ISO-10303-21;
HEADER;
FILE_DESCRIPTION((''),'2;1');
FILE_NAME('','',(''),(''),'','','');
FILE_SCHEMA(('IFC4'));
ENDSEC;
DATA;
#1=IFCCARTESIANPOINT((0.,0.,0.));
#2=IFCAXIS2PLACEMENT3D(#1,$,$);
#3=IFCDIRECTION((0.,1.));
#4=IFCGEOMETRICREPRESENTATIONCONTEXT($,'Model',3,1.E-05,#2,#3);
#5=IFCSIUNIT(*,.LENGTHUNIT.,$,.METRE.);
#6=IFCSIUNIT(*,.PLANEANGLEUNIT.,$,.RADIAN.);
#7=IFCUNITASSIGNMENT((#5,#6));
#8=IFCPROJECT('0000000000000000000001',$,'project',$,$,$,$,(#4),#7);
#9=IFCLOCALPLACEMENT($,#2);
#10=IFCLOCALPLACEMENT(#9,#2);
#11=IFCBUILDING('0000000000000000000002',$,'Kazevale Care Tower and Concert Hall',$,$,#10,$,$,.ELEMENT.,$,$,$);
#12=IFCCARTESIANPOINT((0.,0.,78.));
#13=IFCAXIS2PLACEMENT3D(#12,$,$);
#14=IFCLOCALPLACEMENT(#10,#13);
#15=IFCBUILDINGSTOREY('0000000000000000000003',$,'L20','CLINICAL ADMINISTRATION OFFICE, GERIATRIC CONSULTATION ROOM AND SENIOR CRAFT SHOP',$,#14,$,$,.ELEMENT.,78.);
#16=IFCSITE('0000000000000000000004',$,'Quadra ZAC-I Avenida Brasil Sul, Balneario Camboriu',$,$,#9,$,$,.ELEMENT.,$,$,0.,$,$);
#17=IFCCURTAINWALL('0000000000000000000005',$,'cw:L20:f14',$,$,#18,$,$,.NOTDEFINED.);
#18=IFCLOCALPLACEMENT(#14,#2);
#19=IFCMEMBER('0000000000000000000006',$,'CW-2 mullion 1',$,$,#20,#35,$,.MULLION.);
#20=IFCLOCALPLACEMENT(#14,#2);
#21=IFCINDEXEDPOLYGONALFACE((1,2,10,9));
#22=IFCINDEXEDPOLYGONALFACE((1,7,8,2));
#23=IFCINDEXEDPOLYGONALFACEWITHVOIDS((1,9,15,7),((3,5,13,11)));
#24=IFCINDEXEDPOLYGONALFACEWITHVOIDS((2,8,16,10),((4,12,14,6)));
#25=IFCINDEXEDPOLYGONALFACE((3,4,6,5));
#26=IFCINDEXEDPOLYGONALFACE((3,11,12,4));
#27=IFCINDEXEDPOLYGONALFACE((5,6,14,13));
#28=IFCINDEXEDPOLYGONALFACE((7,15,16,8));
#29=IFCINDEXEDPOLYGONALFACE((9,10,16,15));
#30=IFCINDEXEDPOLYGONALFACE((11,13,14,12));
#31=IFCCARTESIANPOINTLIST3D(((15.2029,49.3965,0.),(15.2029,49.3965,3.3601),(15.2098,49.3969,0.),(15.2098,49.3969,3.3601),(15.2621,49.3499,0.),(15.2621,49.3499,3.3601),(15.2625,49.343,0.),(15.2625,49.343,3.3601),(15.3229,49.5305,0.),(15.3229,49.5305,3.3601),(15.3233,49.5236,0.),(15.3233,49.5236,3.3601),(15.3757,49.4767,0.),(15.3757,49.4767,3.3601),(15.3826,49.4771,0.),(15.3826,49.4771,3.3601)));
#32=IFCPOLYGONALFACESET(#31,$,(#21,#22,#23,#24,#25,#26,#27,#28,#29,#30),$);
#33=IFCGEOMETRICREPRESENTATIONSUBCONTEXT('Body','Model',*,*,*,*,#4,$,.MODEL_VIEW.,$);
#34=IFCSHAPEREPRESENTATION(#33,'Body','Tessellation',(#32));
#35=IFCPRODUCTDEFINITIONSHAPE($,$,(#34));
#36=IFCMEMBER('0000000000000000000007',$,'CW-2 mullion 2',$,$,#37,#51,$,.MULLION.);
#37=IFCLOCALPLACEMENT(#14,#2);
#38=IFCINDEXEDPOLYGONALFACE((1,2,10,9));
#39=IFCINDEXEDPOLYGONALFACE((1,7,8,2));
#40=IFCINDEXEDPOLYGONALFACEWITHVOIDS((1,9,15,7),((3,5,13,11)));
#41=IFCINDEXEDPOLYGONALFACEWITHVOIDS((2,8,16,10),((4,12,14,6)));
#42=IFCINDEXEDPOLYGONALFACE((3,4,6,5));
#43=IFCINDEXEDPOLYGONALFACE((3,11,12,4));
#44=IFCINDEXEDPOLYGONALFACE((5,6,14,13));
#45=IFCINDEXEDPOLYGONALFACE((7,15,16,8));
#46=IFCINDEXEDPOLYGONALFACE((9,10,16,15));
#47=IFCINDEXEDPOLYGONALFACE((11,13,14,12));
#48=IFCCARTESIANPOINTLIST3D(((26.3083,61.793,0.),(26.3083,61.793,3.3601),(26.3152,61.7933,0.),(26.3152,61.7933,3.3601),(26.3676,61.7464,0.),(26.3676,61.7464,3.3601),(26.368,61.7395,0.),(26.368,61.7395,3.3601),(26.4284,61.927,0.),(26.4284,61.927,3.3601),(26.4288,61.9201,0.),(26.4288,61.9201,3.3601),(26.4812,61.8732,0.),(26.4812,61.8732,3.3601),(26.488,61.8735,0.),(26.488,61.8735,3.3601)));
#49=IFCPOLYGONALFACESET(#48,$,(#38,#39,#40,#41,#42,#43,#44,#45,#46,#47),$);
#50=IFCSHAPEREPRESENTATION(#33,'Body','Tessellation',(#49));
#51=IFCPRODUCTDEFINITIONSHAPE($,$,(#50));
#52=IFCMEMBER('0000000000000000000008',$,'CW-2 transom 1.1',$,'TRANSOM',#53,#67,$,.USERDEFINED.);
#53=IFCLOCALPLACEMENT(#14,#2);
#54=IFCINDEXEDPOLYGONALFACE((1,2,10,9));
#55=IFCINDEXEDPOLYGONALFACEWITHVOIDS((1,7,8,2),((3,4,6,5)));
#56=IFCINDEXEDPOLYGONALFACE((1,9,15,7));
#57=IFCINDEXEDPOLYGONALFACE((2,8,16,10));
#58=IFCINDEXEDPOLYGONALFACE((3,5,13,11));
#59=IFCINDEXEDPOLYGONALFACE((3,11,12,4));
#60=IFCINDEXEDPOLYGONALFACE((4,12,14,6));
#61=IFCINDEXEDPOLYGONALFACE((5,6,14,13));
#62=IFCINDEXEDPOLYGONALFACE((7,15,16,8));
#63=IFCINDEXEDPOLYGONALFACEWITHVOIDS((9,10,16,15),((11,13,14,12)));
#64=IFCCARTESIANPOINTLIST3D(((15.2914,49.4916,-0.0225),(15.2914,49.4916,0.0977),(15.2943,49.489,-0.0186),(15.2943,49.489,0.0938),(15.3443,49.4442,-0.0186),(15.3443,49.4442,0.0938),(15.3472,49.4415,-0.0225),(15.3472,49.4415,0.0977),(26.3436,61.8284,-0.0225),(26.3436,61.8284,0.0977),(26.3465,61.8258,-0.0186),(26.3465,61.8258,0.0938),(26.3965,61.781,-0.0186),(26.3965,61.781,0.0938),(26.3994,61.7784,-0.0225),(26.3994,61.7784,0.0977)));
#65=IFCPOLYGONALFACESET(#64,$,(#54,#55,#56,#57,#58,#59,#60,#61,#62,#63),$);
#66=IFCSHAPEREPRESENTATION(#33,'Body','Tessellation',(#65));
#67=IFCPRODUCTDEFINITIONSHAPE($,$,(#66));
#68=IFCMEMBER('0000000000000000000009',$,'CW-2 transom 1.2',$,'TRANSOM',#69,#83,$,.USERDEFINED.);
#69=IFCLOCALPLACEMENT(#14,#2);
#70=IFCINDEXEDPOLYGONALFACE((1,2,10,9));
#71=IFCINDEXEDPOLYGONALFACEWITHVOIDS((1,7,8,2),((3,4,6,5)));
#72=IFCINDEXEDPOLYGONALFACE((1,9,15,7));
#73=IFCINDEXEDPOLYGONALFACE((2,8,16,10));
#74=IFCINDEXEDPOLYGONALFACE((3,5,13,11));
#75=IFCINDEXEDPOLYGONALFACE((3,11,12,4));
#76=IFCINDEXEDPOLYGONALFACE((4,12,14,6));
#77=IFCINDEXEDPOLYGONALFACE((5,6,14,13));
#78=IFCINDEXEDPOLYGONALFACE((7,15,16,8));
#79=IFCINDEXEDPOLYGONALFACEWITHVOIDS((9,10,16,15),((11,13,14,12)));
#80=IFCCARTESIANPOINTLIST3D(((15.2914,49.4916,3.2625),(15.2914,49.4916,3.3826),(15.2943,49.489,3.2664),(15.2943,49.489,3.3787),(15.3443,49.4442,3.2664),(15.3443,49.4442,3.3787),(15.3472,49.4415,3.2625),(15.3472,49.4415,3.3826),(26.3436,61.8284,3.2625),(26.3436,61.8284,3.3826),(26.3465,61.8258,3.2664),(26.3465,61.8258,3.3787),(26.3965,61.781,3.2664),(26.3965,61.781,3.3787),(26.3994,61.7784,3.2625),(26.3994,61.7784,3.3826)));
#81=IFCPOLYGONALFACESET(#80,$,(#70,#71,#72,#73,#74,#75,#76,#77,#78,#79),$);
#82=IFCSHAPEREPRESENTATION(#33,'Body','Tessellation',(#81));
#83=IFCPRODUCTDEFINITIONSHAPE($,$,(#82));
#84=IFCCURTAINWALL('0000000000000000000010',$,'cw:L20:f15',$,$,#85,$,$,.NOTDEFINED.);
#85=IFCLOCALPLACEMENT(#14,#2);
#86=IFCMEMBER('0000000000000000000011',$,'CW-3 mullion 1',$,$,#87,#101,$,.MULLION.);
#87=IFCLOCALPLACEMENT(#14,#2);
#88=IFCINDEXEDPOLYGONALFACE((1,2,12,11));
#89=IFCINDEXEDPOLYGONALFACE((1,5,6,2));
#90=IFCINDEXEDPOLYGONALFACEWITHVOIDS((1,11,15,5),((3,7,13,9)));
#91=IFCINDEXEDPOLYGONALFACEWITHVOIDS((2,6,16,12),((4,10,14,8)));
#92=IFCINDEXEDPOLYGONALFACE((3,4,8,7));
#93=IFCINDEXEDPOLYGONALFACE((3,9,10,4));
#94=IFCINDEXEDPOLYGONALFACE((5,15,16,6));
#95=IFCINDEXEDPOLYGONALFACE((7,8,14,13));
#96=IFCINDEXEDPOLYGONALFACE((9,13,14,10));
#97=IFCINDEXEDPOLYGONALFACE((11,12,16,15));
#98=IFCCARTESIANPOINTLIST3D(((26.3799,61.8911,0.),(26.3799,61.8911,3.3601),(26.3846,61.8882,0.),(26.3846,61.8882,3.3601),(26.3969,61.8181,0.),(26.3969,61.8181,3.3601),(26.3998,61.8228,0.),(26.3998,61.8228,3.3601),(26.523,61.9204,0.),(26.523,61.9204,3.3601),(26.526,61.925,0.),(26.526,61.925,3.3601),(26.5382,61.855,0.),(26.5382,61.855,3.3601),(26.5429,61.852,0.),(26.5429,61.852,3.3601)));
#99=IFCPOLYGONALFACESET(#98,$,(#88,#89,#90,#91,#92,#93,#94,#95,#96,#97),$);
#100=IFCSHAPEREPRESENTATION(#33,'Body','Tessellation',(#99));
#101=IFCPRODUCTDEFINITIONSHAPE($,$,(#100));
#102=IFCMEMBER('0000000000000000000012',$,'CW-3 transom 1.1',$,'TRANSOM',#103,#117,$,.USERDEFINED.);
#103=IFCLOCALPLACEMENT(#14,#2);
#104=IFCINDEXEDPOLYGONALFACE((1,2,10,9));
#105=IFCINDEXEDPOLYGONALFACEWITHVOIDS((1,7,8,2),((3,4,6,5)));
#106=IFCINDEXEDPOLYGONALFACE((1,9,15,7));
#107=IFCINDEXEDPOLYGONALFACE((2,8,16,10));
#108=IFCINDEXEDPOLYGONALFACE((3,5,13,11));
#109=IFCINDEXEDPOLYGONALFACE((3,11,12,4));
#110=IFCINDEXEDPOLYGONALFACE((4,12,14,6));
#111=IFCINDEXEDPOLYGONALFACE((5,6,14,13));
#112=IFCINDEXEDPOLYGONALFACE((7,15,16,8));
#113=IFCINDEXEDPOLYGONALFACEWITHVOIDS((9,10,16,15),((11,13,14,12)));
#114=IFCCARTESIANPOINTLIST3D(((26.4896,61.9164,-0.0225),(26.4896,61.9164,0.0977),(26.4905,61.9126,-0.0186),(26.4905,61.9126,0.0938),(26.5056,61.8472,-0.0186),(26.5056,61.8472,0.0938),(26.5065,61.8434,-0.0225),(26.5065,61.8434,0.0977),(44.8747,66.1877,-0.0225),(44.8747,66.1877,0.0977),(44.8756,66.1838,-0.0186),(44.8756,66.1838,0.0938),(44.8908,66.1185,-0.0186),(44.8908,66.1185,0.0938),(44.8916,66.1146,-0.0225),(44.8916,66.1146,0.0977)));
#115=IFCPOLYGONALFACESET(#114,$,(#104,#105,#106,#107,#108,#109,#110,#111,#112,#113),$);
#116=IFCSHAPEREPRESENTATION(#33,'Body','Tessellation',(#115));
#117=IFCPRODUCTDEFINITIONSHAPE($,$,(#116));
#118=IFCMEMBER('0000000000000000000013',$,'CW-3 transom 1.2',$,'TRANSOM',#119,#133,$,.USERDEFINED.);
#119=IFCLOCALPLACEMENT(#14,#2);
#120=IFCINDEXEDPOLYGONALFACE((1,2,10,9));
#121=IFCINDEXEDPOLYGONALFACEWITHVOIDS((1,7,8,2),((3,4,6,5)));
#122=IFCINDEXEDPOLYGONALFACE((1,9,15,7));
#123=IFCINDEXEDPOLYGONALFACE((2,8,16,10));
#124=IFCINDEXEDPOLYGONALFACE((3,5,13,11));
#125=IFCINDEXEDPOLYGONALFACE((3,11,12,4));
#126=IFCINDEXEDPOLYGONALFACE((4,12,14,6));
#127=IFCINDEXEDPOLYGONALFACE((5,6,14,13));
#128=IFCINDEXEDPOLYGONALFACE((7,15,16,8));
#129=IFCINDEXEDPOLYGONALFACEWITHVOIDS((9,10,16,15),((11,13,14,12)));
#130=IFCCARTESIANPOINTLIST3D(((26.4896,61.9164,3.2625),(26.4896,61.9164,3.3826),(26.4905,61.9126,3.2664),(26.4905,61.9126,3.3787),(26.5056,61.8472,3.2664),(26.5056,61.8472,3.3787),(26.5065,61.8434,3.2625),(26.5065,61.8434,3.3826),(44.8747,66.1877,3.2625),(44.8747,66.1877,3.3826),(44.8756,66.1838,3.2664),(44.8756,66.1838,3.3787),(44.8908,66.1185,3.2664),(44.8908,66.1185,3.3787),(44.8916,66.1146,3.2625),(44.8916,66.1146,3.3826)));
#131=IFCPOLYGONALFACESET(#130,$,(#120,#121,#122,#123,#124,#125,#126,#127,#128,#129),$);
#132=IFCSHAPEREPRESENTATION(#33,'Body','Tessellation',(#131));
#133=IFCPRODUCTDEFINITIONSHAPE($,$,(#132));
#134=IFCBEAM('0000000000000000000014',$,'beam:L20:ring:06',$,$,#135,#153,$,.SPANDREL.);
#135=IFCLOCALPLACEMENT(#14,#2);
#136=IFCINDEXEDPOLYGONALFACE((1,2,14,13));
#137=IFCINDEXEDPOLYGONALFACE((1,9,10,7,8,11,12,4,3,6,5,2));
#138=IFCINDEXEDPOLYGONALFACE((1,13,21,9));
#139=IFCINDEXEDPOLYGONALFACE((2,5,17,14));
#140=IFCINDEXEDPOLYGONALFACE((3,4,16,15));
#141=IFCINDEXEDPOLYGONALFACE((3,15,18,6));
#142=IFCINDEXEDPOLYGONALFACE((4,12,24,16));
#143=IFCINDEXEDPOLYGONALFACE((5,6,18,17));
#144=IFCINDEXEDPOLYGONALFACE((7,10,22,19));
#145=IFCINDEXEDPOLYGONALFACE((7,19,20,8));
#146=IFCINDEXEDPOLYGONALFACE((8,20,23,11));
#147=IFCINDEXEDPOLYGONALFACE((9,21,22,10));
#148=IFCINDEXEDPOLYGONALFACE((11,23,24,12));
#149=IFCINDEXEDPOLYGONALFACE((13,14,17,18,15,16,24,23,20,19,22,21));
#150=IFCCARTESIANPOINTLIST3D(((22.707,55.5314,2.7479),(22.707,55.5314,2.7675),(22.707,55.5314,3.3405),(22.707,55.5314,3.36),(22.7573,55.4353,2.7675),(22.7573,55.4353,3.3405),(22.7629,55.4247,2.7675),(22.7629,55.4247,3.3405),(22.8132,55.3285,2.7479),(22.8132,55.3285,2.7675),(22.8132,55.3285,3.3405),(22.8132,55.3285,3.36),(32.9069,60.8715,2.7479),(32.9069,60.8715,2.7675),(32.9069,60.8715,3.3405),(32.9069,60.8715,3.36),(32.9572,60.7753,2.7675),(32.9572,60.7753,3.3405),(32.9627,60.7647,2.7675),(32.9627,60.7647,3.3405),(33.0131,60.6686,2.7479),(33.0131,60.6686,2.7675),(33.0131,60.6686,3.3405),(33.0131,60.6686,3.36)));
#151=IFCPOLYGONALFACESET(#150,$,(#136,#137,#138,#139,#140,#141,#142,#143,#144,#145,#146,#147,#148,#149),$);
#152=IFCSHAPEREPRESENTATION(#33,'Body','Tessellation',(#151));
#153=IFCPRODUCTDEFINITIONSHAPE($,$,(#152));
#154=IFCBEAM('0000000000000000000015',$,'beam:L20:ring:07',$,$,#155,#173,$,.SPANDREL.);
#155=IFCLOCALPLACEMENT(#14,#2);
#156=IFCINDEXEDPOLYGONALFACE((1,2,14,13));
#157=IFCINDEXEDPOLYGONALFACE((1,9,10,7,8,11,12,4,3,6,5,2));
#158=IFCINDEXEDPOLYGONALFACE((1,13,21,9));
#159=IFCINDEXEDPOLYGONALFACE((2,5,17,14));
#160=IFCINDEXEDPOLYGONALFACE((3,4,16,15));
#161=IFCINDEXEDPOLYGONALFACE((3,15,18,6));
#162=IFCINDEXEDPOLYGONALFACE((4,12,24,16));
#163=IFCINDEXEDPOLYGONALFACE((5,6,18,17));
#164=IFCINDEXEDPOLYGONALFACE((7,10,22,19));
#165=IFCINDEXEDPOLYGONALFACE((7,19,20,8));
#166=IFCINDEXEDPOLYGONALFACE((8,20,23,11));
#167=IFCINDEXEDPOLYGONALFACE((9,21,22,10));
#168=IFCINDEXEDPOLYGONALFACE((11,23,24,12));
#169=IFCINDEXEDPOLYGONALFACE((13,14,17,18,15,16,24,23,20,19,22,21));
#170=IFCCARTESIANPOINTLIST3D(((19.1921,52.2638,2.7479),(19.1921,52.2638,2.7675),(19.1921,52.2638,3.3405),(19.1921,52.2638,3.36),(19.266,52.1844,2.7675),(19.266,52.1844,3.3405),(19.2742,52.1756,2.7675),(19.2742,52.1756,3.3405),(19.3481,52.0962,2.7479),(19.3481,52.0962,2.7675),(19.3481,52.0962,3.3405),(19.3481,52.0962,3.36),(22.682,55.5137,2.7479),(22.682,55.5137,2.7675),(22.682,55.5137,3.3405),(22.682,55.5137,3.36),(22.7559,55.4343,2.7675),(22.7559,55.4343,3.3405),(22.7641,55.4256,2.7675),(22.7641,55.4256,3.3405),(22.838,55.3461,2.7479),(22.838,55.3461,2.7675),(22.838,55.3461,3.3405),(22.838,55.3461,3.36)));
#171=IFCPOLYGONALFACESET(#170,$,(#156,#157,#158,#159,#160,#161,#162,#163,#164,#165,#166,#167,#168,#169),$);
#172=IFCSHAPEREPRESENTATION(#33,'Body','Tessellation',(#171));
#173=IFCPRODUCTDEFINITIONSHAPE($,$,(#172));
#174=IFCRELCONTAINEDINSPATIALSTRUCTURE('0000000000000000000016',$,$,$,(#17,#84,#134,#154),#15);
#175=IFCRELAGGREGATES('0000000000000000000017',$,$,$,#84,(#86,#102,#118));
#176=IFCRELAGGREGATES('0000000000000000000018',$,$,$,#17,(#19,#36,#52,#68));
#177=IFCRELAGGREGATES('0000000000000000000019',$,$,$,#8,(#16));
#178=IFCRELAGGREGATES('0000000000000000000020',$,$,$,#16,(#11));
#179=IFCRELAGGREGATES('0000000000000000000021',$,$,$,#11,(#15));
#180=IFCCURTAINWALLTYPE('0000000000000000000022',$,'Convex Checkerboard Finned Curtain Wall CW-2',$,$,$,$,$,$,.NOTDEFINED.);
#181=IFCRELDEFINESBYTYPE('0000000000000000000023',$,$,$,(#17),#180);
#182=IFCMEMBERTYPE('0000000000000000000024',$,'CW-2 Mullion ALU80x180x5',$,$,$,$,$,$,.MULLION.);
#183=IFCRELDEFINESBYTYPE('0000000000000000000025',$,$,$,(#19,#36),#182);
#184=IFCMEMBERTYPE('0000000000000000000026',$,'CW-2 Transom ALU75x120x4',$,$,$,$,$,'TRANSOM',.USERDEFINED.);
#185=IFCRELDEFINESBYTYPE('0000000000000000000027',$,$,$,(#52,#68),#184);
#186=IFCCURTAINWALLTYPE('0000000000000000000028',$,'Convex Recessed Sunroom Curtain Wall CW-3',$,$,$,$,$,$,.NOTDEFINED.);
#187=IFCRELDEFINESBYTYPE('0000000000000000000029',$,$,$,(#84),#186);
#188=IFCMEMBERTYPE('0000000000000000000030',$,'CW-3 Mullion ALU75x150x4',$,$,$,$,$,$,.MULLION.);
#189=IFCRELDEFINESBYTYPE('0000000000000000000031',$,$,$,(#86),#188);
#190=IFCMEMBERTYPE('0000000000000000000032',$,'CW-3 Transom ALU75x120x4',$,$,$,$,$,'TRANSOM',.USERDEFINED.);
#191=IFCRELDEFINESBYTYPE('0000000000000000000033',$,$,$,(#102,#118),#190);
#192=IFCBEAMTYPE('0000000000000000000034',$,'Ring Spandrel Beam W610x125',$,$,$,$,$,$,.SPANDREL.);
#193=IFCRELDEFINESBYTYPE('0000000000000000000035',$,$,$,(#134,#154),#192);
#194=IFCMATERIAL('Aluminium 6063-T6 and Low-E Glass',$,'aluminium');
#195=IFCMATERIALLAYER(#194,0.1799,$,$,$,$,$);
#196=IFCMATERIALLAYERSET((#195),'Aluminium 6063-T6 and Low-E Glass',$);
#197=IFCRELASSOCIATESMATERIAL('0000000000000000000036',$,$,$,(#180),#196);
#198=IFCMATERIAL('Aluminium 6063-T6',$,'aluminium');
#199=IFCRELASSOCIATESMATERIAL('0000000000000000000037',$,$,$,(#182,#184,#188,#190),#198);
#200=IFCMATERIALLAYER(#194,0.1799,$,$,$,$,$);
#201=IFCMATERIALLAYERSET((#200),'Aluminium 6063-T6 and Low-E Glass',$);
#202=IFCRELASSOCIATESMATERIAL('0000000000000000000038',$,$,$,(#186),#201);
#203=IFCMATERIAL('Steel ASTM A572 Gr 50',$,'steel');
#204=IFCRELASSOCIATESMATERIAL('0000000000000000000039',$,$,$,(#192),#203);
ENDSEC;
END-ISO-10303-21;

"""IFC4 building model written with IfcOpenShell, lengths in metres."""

from ifc_helpers import new_model, si_unit, direction, frame, origin, origin_2d, place, context, subcontext, project, spatial, hollow_rectangle, i_section, extrude, material, layer, layer_set, material_profile, profile_set, type_object, element, aggregate, save


model = new_model("IFC4")

# Units and contexts
model_context = context("Model", 3, precision=1e-05, world=origin(), true_north=direction((0.0, 1.0)))
body_context = subcontext(model_context, "Body", "Model", "MODEL_VIEW")
ifc_project = project(units=[si_unit("LENGTHUNIT", "METRE"), si_unit("PLANEANGLEUNIT", "RADIAN")], contexts=[model_context])

# Site, building, storey
site_placement = place(None, origin())
site = spatial("IfcSite", under=ifc_project, at=site_placement, Name="Quadra ZAC-I Avenida Brasil Sul, Balneario Camboriu", CompositionType="ELEMENT", RefElevation=0.0)
building_placement = place(site_placement, origin())
building = spatial("IfcBuilding", under=site, at=building_placement, Name="Kazevale Care Tower and Concert Hall", CompositionType="ELEMENT")
storey_placement = place(building_placement, frame((0.0, 0.0, 78.0)))
storey = spatial("IfcBuildingStorey", under=building, at=storey_placement, Name="L20", Description="CLINICAL ADMINISTRATION OFFICE, GERIATRIC CONSULTATION ROOM AND SENIOR CRAFT SHOP", CompositionType="ELEMENT", Elevation=78.0)

# Curtain walls, members
ifc_material_1 = material(Name="Aluminium 6063-T6 and Low-E Glass", Category="aluminium")
ifc_layer_1 = layer(ifc_material_1, 0.1799)
ifc_layer_set_1 = layer_set([ifc_layer_1], Name="Aluminium 6063-T6 and Low-E Glass")
curtain_wall_type_1 = type_object("IfcCurtainWallType", Name="Convex Checkerboard Finned Curtain Wall CW-2", PredefinedType="NOTDEFINED", material=ifc_layer_set_1)
curtain_wall_1_placement = place(storey_placement, origin())
curtain_wall_1 = element("IfcCurtainWall", 1, at=curtain_wall_1_placement, inside=storey, type_object=curtain_wall_type_1, Name="cw:L20:f14", PredefinedType="NOTDEFINED")
ifc_material_2 = material(Name="Aluminium 6063-T6", Category="aluminium")
ifc_material_profile_1 = material_profile(ifc_material_2, hollow_rectangle(XDim=0.0801, YDim=0.1799, WallThickness=0.0049, at=origin_2d()), Name="ALU80x180x5")
ifc_profile_set_1 = profile_set([ifc_material_profile_1], Name="Aluminium 6063-T6")
member_type_1 = type_object("IfcMemberType", Name="CW-2 Mullion ALU80x180x5", PredefinedType="MULLION", material=ifc_profile_set_1)
member_1_placement = place(storey_placement, frame((15.2927, 49.4368, 0.0), z_axis=(0.0, 0.0, 1.0), x_axis=(-0.74482, 0.667265, 0.0)))
member_1 = element("IfcMember", 2, at=member_1_placement, type_object=member_type_1, Name="CW-2 mullion 1", PredefinedType="MULLION", context=body_context, shape_type="SweptSolid", body=[
    extrude(hollow_rectangle(XDim=0.0801, YDim=0.1799, WallThickness=0.0049, at=origin_2d()), origin(), (0.0, 0.0, 1.0), 3.3601),
])
member_2_placement = place(storey_placement, frame((26.3982, 61.8333, 0.0), z_axis=(0.0, 0.0, 1.0), x_axis=(-0.74482, 0.667265, 0.0)))
member_2 = element("IfcMember", 3, at=member_2_placement, type_object=member_type_1, Name="CW-2 mullion 2", PredefinedType="MULLION", context=body_context, shape_type="SweptSolid", body=[
    extrude(hollow_rectangle(XDim=0.0801, YDim=0.1799, WallThickness=0.0049, at=origin_2d()), origin(), (0.0, 0.0, 1.0), 3.3601),
])
ifc_material_profile_2 = material_profile(ifc_material_2, hollow_rectangle(XDim=0.075, YDim=0.1201, WallThickness=0.0039, at=origin_2d()), Name="ALU75x120x4")
ifc_profile_set_2 = profile_set([ifc_material_profile_2], Name="Aluminium 6063-T6")
member_type_2 = type_object("IfcMemberType", Name="CW-2 Transom ALU75x120x4", ElementType="TRANSOM", PredefinedType="USERDEFINED", material=ifc_profile_set_2)
member_3_placement = place(storey_placement, frame((15.3193, 49.4666, 0.0376), z_axis=(0.667263, 0.744823, 0.0), x_axis=(-0.744823, 0.667263, 0.0)))
member_3 = element("IfcMember", 4, at=member_3_placement, type_object=member_type_2, Name="CW-2 transom 1.1", ObjectType="TRANSOM", PredefinedType="USERDEFINED", context=body_context, shape_type="SweptSolid", body=[
    extrude(hollow_rectangle(XDim=0.075, YDim=0.1201, WallThickness=0.0039, at=origin_2d()), origin(), (0.0, 0.0, 1.0), 16.5635),
])
member_4_placement = place(storey_placement, frame((15.3193, 49.4666, 3.3225), z_axis=(0.667263, 0.744823, 0.0), x_axis=(-0.744823, 0.667263, 0.0)))
member_4 = element("IfcMember", 5, at=member_4_placement, type_object=member_type_2, Name="CW-2 transom 1.2", ObjectType="TRANSOM", PredefinedType="USERDEFINED", context=body_context, shape_type="SweptSolid", body=[
    extrude(hollow_rectangle(XDim=0.075, YDim=0.1201, WallThickness=0.0039, at=origin_2d()), origin(), (0.0, 0.0, 1.0), 16.5635),
])
ifc_layer_2 = layer(ifc_material_1, 0.1799)
ifc_layer_set_2 = layer_set([ifc_layer_2], Name="Aluminium 6063-T6 and Low-E Glass")
curtain_wall_type_2 = type_object("IfcCurtainWallType", Name="Convex Recessed Sunroom Curtain Wall CW-3", PredefinedType="NOTDEFINED", material=ifc_layer_set_2)
curtain_wall_2_placement = place(storey_placement, origin())
curtain_wall_2 = element("IfcCurtainWall", 6, at=curtain_wall_2_placement, inside=storey, type_object=curtain_wall_type_2, Name="cw:L20:f15", PredefinedType="NOTDEFINED")
ifc_material_profile_3 = material_profile(ifc_material_2, hollow_rectangle(XDim=0.075, YDim=0.1499, WallThickness=0.0039, at=origin_2d()), Name="ALU75x150x4")
ifc_profile_set_3 = profile_set([ifc_material_profile_3], Name="Aluminium 6063-T6")
member_type_3 = type_object("IfcMemberType", Name="CW-3 Mullion ALU75x150x4", PredefinedType="MULLION", material=ifc_profile_set_3)
member_5_placement = place(storey_placement, frame((26.4614, 61.8716, 0.0), z_axis=(0.0, 0.0, 1.0), x_axis=(-0.226287, 0.974061, 0.0)))
member_5 = element("IfcMember", 7, at=member_5_placement, type_object=member_type_3, Name="CW-3 mullion 1", PredefinedType="MULLION", context=body_context, shape_type="SweptSolid", body=[
    extrude(hollow_rectangle(XDim=0.075, YDim=0.1499, WallThickness=0.0039, at=origin_2d()), origin(), (0.0, 0.0, 1.0), 3.3601),
])
ifc_material_profile_4 = material_profile(ifc_material_2, hollow_rectangle(XDim=0.075, YDim=0.1201, WallThickness=0.0039, at=origin_2d()), Name="ALU75x120x4")
ifc_profile_set_4 = profile_set([ifc_material_profile_4], Name="Aluminium 6063-T6")
member_type_4 = type_object("IfcMemberType", Name="CW-3 Transom ALU75x120x4", ElementType="TRANSOM", PredefinedType="USERDEFINED", material=ifc_profile_set_4)
member_6_placement = place(storey_placement, frame((26.498, 61.8799, 0.0376), z_axis=(0.974059, 0.226295, 0.0), x_axis=(-0.226295, 0.974059, 0.0)))
member_6 = element("IfcMember", 8, at=member_6_placement, type_object=member_type_4, Name="CW-3 transom 1.1", ObjectType="TRANSOM", PredefinedType="USERDEFINED", context=body_context, shape_type="SweptSolid", body=[
    extrude(hollow_rectangle(XDim=0.075, YDim=0.1201, WallThickness=0.0039, at=origin_2d()), origin(), (0.0, 0.0, 1.0), 18.8748),
])
member_7_placement = place(storey_placement, frame((26.498, 61.8799, 3.3225), z_axis=(0.974059, 0.226295, 0.0), x_axis=(-0.226295, 0.974059, 0.0)))
member_7 = element("IfcMember", 9, at=member_7_placement, type_object=member_type_4, Name="CW-3 transom 1.2", ObjectType="TRANSOM", PredefinedType="USERDEFINED", context=body_context, shape_type="SweptSolid", body=[
    extrude(hollow_rectangle(XDim=0.075, YDim=0.1201, WallThickness=0.0039, at=origin_2d()), origin(), (0.0, 0.0, 1.0), 18.8748),
])
aggregate(curtain_wall_2, [member_5, member_6, member_7])

# Beams
ifc_material_3 = material(Name="Steel ASTM A572 Gr 50", Category="steel")
ifc_material_profile_5 = material_profile(ifc_material_3, i_section(OverallWidth=0.229, OverallDepth=0.6121, WebThickness=0.012, FlangeThickness=0.0195, at=origin_2d()), Name="W610x125")
ifc_profile_set_5 = profile_set([ifc_material_profile_5], Name="Steel ASTM A572 Gr 50")
beam_type_1 = type_object("IfcBeamType", Name="Ring Spandrel Beam W610x125", PredefinedType="SPANDREL", material=ifc_profile_set_5)
beam_1_placement = place(storey_placement, frame((32.96, 60.77, 3.054), z_axis=(-0.885929, -0.46382, 0.0), x_axis=(0.46382, -0.885929, 0.0)))
element("IfcBeam", 10, at=beam_1_placement, inside=storey, type_object=beam_type_1, Name="beam:L20:ring:06", PredefinedType="SPANDREL", context=body_context, shape_type="SweptSolid", body=[
    extrude(i_section(OverallWidth=0.229, OverallDepth=0.6121, WebThickness=0.012, FlangeThickness=0.0195, at=origin_2d()), origin(), (0.0, 0.0, 1.0), 11.5132),
])
beam_2_placement = place(storey_placement, frame((22.76, 55.4299, 3.054), z_axis=(-0.731821, -0.681497, 0.0), x_axis=(0.681497, -0.731821, 0.0)))
element("IfcBeam", 11, at=beam_2_placement, inside=storey, type_object=beam_type_1, Name="beam:L20:ring:07", PredefinedType="SPANDREL", context=body_context, shape_type="SweptSolid", body=[
    extrude(i_section(OverallWidth=0.229, OverallDepth=0.6121, WebThickness=0.012, FlangeThickness=0.0195, at=origin_2d()), origin(), (0.0, 0.0, 1.0), 4.7688),
])

aggregate(curtain_wall_1, [member_1, member_2, member_3, member_4])

save(model, "model.ifc")
